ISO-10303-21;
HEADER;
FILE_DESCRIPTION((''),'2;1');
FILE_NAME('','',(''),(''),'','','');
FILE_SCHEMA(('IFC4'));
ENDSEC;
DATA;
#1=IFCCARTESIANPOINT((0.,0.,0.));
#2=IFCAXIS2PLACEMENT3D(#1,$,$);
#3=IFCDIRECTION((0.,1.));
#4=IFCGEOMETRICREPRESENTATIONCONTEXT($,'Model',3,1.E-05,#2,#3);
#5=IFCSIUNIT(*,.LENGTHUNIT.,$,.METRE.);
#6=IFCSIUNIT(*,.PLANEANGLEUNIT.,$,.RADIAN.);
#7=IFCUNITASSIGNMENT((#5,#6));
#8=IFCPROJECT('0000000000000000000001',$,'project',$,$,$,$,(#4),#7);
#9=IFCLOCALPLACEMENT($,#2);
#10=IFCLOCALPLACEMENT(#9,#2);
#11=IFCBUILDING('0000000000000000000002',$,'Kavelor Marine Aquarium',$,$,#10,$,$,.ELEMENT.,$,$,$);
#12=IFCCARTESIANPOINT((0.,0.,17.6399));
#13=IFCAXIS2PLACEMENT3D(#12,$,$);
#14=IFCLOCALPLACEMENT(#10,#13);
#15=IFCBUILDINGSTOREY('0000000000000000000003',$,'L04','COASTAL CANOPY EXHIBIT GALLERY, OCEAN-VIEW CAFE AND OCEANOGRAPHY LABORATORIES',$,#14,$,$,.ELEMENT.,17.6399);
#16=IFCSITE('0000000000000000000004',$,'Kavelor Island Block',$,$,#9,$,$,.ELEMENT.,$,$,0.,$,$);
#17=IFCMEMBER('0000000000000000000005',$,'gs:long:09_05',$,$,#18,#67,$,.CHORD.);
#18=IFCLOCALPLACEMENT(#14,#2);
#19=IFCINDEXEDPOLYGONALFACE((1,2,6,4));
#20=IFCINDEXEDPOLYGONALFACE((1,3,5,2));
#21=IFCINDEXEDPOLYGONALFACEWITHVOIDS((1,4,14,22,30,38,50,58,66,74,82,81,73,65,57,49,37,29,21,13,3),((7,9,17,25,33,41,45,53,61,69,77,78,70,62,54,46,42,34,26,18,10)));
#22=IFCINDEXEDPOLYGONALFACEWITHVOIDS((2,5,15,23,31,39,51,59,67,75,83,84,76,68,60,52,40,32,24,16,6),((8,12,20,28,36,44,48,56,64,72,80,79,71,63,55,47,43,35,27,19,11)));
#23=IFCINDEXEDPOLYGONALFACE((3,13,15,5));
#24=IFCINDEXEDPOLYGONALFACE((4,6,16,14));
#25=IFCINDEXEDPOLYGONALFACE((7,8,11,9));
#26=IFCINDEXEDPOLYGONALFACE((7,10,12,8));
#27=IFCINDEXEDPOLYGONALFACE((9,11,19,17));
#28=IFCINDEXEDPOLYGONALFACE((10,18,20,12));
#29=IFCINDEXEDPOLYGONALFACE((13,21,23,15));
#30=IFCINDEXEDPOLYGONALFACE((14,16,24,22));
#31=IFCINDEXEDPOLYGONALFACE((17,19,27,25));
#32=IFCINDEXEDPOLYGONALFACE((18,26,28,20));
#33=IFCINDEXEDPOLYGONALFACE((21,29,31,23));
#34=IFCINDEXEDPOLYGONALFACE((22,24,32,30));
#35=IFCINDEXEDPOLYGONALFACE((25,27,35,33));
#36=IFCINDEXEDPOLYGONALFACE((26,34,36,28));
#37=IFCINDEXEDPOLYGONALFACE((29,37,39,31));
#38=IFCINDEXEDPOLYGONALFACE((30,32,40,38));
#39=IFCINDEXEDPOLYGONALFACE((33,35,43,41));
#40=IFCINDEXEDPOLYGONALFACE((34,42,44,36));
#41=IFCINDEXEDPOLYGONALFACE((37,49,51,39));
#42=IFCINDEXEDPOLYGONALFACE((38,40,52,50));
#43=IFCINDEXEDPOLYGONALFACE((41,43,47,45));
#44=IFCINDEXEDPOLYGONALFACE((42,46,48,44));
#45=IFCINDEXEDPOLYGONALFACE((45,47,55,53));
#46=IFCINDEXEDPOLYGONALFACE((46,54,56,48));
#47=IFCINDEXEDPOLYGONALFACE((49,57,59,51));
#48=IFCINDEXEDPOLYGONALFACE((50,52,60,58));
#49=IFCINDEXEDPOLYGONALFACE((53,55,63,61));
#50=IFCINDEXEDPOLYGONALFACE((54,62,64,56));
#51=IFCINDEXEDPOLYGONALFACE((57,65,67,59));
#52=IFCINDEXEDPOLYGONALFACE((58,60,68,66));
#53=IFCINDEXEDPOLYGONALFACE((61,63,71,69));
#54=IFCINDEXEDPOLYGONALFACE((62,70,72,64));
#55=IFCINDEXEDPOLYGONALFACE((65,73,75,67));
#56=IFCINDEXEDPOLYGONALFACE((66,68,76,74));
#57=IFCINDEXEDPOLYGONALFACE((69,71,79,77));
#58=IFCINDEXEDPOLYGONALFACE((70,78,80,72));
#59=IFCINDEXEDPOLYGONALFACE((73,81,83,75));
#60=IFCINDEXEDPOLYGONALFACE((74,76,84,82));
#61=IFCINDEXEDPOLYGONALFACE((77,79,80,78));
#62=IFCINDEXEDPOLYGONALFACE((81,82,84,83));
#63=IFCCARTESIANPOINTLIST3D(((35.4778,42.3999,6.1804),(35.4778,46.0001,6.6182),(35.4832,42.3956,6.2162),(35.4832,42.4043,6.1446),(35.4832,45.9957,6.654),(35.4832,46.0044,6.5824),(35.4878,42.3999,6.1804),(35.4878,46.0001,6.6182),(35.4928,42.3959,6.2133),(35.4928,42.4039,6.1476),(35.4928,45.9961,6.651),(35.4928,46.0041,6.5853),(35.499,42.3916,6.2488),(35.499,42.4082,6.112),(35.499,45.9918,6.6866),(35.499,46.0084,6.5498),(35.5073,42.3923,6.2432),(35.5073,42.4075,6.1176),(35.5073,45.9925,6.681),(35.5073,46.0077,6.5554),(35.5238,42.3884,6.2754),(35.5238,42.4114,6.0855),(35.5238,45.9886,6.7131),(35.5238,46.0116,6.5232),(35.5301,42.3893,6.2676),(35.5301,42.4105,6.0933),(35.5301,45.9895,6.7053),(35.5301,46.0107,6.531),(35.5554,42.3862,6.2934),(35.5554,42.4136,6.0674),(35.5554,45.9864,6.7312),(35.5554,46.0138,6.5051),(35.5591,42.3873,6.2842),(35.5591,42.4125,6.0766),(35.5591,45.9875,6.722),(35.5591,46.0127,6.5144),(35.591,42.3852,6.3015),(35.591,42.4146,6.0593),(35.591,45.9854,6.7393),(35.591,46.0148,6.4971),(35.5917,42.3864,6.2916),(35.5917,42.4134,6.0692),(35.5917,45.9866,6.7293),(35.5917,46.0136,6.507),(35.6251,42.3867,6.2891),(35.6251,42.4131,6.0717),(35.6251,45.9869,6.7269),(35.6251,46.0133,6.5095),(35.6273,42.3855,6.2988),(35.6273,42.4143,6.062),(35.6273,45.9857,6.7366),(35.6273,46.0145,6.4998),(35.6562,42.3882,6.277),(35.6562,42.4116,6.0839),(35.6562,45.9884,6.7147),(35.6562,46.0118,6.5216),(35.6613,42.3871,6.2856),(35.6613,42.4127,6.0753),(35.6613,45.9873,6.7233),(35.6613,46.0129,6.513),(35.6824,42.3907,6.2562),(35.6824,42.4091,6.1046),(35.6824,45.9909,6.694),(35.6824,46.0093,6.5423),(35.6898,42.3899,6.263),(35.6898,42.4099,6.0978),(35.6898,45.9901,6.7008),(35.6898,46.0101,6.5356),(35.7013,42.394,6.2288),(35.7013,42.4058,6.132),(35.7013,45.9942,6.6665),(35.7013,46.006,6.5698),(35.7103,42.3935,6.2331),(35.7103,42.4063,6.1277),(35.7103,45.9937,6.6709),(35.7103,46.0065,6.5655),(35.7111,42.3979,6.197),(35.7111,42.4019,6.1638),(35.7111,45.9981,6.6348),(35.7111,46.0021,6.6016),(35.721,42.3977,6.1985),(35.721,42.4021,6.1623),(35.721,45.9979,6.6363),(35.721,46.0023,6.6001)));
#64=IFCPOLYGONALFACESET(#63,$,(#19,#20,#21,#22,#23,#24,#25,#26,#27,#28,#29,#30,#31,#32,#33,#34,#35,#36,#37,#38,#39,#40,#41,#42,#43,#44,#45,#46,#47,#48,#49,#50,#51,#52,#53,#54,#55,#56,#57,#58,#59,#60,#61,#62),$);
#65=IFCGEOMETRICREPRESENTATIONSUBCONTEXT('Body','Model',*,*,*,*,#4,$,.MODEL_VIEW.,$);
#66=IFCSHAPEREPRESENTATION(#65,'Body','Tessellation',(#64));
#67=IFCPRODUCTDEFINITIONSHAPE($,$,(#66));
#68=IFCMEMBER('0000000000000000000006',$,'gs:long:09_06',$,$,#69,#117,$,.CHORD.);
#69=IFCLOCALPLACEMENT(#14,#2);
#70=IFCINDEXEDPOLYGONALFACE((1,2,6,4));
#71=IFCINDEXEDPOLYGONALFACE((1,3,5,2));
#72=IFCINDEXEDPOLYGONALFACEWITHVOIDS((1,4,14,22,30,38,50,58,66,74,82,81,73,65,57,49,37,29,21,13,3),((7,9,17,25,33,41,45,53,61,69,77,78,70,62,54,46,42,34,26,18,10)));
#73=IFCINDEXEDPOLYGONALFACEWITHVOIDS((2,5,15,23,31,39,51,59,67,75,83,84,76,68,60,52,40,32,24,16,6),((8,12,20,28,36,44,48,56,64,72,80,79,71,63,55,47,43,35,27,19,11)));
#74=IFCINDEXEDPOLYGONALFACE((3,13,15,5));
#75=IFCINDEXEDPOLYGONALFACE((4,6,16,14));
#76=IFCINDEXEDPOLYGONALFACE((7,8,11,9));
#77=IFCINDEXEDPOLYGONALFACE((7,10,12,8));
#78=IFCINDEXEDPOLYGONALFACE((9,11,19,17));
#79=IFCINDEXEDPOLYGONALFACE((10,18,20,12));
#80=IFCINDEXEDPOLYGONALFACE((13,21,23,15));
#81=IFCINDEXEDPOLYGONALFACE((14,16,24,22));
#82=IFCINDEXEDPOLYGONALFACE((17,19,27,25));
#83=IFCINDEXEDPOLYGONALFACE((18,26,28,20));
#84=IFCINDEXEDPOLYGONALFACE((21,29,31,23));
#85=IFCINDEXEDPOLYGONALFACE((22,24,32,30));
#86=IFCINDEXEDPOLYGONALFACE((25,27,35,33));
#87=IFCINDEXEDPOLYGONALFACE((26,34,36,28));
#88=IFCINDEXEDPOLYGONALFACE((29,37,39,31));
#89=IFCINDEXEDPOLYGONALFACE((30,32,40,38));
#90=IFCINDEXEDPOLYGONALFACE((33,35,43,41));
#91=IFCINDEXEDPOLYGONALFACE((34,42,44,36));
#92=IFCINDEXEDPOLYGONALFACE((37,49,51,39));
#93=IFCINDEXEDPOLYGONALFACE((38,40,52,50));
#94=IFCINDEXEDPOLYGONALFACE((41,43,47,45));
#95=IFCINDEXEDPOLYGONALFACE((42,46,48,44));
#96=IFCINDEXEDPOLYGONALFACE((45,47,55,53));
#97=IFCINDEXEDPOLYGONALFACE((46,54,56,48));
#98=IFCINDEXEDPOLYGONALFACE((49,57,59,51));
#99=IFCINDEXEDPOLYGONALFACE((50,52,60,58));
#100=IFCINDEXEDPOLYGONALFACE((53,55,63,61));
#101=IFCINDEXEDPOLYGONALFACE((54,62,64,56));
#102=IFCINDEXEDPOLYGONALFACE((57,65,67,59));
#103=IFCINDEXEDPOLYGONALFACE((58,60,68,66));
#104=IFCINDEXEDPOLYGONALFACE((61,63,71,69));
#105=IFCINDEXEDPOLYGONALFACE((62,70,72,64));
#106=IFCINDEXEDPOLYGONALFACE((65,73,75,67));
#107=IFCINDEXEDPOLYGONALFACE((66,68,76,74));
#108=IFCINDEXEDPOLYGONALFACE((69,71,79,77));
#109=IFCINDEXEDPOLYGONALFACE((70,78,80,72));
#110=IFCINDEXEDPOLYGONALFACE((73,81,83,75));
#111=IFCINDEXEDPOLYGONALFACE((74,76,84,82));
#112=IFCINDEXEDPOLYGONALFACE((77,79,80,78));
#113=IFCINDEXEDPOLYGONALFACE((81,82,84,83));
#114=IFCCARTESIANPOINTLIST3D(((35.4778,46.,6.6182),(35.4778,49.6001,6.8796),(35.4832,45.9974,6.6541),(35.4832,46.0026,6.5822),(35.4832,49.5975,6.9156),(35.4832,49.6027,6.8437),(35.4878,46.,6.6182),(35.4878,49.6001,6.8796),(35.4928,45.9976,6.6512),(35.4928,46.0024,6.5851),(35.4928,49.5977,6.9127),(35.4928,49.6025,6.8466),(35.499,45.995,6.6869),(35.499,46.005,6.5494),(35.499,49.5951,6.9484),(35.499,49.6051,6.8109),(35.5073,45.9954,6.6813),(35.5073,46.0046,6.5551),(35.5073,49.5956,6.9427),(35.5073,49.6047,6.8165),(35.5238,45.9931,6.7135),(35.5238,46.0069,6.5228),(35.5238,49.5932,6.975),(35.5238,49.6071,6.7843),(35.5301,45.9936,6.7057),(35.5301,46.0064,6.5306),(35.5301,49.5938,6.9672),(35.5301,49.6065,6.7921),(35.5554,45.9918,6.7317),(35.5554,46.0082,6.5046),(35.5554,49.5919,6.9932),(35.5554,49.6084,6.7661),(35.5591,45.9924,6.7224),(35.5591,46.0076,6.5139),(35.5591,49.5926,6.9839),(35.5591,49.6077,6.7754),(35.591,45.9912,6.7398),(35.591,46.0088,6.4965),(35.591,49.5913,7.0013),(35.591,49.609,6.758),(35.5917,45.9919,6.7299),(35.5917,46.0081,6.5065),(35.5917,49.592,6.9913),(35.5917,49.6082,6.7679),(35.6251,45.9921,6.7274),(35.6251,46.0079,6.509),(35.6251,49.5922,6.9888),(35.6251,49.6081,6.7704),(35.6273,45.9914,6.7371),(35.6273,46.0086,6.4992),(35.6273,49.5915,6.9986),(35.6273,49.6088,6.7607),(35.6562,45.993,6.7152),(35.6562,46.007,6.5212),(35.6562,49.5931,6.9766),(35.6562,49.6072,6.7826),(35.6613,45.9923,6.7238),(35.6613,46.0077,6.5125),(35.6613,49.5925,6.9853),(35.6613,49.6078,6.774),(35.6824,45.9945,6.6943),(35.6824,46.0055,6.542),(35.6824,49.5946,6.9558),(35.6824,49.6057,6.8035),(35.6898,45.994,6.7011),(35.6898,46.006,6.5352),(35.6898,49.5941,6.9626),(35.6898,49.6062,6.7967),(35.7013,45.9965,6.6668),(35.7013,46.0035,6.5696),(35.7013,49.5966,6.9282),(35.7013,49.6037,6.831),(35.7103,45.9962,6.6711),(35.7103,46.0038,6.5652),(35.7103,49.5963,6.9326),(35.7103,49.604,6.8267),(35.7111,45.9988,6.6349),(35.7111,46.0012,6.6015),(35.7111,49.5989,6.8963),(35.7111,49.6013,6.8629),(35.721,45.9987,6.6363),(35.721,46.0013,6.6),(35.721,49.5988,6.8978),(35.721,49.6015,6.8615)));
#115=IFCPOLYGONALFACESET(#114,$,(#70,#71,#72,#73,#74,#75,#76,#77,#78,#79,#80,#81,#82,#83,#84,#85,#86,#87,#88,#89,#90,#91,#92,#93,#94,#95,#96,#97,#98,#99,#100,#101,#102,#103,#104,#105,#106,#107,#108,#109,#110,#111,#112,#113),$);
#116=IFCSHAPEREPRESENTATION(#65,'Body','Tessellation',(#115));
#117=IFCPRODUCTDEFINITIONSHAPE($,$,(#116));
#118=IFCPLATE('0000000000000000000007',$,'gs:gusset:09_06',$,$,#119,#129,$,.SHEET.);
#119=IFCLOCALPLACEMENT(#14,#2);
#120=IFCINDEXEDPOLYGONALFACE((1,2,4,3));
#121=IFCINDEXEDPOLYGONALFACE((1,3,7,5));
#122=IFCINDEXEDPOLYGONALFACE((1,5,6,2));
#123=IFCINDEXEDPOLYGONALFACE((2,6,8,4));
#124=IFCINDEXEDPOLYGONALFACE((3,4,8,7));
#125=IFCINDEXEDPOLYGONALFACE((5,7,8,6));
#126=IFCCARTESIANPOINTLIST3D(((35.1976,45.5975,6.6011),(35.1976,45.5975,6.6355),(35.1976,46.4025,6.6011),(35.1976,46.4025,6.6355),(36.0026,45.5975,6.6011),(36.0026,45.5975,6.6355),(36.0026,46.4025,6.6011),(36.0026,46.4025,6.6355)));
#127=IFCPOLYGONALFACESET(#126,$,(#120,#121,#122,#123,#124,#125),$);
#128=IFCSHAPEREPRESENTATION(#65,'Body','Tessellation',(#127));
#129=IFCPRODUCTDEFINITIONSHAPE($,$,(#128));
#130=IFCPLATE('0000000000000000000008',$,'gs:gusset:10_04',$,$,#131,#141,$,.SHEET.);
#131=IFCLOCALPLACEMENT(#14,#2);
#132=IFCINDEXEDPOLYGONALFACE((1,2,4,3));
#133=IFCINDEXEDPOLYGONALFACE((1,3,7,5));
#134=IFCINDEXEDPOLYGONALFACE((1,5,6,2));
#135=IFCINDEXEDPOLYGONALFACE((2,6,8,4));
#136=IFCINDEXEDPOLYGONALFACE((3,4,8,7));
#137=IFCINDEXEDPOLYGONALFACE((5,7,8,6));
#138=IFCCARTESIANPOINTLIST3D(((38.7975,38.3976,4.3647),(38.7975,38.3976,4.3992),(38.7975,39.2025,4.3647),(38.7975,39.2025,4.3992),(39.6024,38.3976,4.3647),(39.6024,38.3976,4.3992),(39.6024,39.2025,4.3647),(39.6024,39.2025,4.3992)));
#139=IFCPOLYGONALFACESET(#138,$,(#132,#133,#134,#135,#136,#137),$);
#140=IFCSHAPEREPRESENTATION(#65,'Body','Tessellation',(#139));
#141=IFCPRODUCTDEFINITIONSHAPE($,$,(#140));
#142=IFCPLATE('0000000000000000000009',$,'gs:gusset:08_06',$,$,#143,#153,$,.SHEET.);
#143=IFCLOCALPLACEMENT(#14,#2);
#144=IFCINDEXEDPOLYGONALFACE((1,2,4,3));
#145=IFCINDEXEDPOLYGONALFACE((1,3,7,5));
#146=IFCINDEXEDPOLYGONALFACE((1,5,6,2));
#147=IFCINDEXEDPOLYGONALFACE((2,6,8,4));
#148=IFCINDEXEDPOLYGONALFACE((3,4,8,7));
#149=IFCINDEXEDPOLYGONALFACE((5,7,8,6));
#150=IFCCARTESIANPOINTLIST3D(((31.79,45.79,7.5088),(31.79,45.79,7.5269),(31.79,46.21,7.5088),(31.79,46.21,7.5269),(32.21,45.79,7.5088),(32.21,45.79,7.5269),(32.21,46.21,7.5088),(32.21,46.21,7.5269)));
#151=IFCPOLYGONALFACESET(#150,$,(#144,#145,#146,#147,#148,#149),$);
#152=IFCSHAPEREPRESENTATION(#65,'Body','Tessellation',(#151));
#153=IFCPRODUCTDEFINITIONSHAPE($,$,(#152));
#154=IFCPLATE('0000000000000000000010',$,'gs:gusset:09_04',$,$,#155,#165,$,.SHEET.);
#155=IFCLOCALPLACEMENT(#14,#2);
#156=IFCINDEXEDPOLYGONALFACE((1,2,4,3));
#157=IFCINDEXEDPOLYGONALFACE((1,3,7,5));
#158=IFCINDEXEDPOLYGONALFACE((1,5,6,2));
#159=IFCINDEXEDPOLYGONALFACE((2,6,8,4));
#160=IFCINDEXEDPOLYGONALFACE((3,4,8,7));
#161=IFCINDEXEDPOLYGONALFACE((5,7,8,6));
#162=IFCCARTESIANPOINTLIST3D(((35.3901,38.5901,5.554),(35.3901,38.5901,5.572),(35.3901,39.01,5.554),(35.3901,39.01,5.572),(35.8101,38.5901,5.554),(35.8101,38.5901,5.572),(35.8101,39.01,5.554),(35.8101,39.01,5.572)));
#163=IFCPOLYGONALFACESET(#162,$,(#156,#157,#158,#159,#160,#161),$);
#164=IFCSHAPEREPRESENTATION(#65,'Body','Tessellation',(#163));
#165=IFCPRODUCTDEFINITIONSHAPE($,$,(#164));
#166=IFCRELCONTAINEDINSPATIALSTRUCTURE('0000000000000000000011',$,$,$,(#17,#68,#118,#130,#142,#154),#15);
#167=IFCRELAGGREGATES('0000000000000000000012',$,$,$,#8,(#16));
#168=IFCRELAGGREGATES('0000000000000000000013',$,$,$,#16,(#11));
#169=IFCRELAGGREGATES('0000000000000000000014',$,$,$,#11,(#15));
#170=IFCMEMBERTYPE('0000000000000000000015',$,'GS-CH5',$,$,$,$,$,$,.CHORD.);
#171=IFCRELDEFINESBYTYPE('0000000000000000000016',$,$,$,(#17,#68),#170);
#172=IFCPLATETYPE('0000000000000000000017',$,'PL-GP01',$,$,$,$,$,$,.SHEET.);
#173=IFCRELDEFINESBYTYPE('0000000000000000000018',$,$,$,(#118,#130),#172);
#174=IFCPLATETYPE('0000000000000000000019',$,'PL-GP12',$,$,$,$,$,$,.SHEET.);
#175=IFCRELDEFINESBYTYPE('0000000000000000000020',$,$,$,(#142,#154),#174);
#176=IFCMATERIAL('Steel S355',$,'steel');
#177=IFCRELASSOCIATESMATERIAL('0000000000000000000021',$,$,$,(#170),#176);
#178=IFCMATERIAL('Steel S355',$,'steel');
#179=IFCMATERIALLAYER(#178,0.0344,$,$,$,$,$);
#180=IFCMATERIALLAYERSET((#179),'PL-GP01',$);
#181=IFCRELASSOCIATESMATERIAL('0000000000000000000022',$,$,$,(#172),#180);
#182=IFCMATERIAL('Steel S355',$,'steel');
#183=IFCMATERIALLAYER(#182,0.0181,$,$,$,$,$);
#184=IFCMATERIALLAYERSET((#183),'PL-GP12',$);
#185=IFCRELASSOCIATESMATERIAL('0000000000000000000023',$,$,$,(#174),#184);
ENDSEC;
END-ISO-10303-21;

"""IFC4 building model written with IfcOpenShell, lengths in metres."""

from ifc_helpers import new_model, si_unit, direction, frame, origin, origin_2d, place, context, subcontext, project, spatial, rectangle, hollow_circle, extrude, material, layer, layer_set, material_profile, profile_set, type_object, element, save


model = new_model("IFC4")

# Units and contexts
model_context = context("Model", 3, precision=1e-05, world=origin(), true_north=direction((0.0, 1.0)))
body_context = subcontext(model_context, "Body", "Model", "MODEL_VIEW")
ifc_project = project(units=[si_unit("LENGTHUNIT", "METRE"), si_unit("PLANEANGLEUNIT", "RADIAN")], contexts=[model_context])

# Site, building, storey
site_placement = place(None, origin())
site = spatial("IfcSite", under=ifc_project, at=site_placement, Name="Kavelor Island Block", CompositionType="ELEMENT", RefElevation=0.0)
building_placement = place(site_placement, origin())
building = spatial("IfcBuilding", under=site, at=building_placement, Name="Kavelor Marine Aquarium", CompositionType="ELEMENT")
storey_placement = place(building_placement, frame((0.0, 0.0, 17.6399)))
storey = spatial("IfcBuildingStorey", under=building, at=storey_placement, Name="L04", Description="COASTAL CANOPY EXHIBIT GALLERY, OCEAN-VIEW CAFE AND OCEANOGRAPHY LABORATORIES", CompositionType="ELEMENT", Elevation=17.6399)

# Members
ifc_material_1 = material(Name="Steel S355", Category="steel")
ifc_material_profile_1 = material_profile(ifc_material_1, hollow_circle(Radius=0.1223, WallThickness=0.01, at=origin_2d()), Name="CHS 244.5x10.0")
ifc_profile_set_1 = profile_set([ifc_material_profile_1], Name="Steel S355")
member_type_1 = type_object("IfcMemberType", Name="GS-CH5", PredefinedType="CHORD", material=ifc_profile_set_1)
member_1_placement = place(storey_placement, frame((35.6001, 42.3999, 6.1804), z_axis=(0.0, 0.992689, 0.120703), x_axis=(-1.0, 0.0, 0.0)))
element("IfcMember", 1, at=member_1_placement, inside=storey, type_object=member_type_1, Name="gs:long:09_05", PredefinedType="CHORD", context=body_context, shape_type="SweptSolid", body=[
    extrude(hollow_circle(Radius=0.1223, WallThickness=0.01, at=origin_2d()), origin(), (0.0, 0.0, 1.0), 3.6267),
])
member_2_placement = place(storey_placement, frame((35.6001, 46.0, 6.6182), z_axis=(0.0, 0.997373, 0.072439), x_axis=(-1.0, 0.0, 0.0)))
element("IfcMember", 2, at=member_2_placement, inside=storey, type_object=member_type_1, Name="gs:long:09_06", PredefinedType="CHORD", context=body_context, shape_type="SweptSolid", body=[
    extrude(hollow_circle(Radius=0.1223, WallThickness=0.01, at=origin_2d()), origin(), (0.0, 0.0, 1.0), 3.6096),
])

# Plates
ifc_material_2 = material(Name="Steel S355", Category="steel")
ifc_layer_1 = layer(ifc_material_2, 0.0344)
ifc_layer_set_1 = layer_set([ifc_layer_1], Name="PL-GP01")
plate_type_1 = type_object("IfcPlateType", Name="PL-GP01", PredefinedType="SHEET", material=ifc_layer_set_1)
for number, where, z_axis, x_axis, name in (
    (3, (35.6001, 46.0, 6.6011), (0.0, 0.0, 1.0), (1.0, 0.0, 0.0), "gs:gusset:09_06"),
    (4, (39.2, 38.8, 4.3647), (0.0, 0.0, 1.0), (1.0, 0.0, 0.0), "gs:gusset:10_04"),
):
    element("IfcPlate", number, at=place(storey_placement, frame(where, z_axis=z_axis, x_axis=x_axis)), inside=storey, type_object=plate_type_1, Name=name, PredefinedType="SHEET", context=body_context, shape_type="SweptSolid", body=[
        extrude(rectangle(XDim=0.8049, YDim=0.8049, at=origin_2d()), origin(), (0.0, 0.0, 1.0), 0.0344),
    ])
ifc_material_3 = material(Name="Steel S355", Category="steel")
ifc_layer_2 = layer(ifc_material_3, 0.0181)
ifc_layer_set_2 = layer_set([ifc_layer_2], Name="PL-GP12")
plate_type_2 = type_object("IfcPlateType", Name="PL-GP12", PredefinedType="SHEET", material=ifc_layer_set_2)
for number, where, z_axis, x_axis, name in (
    (5, (32.0, 46.0, 7.5088), (0.0, 0.0, 1.0), (1.0, 0.0, 0.0), "gs:gusset:08_06"),
    (6, (35.6001, 38.8, 5.554), (0.0, 0.0, 1.0), (1.0, 0.0, 0.0), "gs:gusset:09_04"),
):
    element("IfcPlate", number, at=place(storey_placement, frame(where, z_axis=z_axis, x_axis=x_axis)), inside=storey, type_object=plate_type_2, Name=name, PredefinedType="SHEET", context=body_context, shape_type="SweptSolid", body=[
        extrude(rectangle(XDim=0.4199, YDim=0.4199, at=origin_2d()), origin(), (0.0, 0.0, 1.0), 0.0181),
    ])

save(model, "model.ifc")
